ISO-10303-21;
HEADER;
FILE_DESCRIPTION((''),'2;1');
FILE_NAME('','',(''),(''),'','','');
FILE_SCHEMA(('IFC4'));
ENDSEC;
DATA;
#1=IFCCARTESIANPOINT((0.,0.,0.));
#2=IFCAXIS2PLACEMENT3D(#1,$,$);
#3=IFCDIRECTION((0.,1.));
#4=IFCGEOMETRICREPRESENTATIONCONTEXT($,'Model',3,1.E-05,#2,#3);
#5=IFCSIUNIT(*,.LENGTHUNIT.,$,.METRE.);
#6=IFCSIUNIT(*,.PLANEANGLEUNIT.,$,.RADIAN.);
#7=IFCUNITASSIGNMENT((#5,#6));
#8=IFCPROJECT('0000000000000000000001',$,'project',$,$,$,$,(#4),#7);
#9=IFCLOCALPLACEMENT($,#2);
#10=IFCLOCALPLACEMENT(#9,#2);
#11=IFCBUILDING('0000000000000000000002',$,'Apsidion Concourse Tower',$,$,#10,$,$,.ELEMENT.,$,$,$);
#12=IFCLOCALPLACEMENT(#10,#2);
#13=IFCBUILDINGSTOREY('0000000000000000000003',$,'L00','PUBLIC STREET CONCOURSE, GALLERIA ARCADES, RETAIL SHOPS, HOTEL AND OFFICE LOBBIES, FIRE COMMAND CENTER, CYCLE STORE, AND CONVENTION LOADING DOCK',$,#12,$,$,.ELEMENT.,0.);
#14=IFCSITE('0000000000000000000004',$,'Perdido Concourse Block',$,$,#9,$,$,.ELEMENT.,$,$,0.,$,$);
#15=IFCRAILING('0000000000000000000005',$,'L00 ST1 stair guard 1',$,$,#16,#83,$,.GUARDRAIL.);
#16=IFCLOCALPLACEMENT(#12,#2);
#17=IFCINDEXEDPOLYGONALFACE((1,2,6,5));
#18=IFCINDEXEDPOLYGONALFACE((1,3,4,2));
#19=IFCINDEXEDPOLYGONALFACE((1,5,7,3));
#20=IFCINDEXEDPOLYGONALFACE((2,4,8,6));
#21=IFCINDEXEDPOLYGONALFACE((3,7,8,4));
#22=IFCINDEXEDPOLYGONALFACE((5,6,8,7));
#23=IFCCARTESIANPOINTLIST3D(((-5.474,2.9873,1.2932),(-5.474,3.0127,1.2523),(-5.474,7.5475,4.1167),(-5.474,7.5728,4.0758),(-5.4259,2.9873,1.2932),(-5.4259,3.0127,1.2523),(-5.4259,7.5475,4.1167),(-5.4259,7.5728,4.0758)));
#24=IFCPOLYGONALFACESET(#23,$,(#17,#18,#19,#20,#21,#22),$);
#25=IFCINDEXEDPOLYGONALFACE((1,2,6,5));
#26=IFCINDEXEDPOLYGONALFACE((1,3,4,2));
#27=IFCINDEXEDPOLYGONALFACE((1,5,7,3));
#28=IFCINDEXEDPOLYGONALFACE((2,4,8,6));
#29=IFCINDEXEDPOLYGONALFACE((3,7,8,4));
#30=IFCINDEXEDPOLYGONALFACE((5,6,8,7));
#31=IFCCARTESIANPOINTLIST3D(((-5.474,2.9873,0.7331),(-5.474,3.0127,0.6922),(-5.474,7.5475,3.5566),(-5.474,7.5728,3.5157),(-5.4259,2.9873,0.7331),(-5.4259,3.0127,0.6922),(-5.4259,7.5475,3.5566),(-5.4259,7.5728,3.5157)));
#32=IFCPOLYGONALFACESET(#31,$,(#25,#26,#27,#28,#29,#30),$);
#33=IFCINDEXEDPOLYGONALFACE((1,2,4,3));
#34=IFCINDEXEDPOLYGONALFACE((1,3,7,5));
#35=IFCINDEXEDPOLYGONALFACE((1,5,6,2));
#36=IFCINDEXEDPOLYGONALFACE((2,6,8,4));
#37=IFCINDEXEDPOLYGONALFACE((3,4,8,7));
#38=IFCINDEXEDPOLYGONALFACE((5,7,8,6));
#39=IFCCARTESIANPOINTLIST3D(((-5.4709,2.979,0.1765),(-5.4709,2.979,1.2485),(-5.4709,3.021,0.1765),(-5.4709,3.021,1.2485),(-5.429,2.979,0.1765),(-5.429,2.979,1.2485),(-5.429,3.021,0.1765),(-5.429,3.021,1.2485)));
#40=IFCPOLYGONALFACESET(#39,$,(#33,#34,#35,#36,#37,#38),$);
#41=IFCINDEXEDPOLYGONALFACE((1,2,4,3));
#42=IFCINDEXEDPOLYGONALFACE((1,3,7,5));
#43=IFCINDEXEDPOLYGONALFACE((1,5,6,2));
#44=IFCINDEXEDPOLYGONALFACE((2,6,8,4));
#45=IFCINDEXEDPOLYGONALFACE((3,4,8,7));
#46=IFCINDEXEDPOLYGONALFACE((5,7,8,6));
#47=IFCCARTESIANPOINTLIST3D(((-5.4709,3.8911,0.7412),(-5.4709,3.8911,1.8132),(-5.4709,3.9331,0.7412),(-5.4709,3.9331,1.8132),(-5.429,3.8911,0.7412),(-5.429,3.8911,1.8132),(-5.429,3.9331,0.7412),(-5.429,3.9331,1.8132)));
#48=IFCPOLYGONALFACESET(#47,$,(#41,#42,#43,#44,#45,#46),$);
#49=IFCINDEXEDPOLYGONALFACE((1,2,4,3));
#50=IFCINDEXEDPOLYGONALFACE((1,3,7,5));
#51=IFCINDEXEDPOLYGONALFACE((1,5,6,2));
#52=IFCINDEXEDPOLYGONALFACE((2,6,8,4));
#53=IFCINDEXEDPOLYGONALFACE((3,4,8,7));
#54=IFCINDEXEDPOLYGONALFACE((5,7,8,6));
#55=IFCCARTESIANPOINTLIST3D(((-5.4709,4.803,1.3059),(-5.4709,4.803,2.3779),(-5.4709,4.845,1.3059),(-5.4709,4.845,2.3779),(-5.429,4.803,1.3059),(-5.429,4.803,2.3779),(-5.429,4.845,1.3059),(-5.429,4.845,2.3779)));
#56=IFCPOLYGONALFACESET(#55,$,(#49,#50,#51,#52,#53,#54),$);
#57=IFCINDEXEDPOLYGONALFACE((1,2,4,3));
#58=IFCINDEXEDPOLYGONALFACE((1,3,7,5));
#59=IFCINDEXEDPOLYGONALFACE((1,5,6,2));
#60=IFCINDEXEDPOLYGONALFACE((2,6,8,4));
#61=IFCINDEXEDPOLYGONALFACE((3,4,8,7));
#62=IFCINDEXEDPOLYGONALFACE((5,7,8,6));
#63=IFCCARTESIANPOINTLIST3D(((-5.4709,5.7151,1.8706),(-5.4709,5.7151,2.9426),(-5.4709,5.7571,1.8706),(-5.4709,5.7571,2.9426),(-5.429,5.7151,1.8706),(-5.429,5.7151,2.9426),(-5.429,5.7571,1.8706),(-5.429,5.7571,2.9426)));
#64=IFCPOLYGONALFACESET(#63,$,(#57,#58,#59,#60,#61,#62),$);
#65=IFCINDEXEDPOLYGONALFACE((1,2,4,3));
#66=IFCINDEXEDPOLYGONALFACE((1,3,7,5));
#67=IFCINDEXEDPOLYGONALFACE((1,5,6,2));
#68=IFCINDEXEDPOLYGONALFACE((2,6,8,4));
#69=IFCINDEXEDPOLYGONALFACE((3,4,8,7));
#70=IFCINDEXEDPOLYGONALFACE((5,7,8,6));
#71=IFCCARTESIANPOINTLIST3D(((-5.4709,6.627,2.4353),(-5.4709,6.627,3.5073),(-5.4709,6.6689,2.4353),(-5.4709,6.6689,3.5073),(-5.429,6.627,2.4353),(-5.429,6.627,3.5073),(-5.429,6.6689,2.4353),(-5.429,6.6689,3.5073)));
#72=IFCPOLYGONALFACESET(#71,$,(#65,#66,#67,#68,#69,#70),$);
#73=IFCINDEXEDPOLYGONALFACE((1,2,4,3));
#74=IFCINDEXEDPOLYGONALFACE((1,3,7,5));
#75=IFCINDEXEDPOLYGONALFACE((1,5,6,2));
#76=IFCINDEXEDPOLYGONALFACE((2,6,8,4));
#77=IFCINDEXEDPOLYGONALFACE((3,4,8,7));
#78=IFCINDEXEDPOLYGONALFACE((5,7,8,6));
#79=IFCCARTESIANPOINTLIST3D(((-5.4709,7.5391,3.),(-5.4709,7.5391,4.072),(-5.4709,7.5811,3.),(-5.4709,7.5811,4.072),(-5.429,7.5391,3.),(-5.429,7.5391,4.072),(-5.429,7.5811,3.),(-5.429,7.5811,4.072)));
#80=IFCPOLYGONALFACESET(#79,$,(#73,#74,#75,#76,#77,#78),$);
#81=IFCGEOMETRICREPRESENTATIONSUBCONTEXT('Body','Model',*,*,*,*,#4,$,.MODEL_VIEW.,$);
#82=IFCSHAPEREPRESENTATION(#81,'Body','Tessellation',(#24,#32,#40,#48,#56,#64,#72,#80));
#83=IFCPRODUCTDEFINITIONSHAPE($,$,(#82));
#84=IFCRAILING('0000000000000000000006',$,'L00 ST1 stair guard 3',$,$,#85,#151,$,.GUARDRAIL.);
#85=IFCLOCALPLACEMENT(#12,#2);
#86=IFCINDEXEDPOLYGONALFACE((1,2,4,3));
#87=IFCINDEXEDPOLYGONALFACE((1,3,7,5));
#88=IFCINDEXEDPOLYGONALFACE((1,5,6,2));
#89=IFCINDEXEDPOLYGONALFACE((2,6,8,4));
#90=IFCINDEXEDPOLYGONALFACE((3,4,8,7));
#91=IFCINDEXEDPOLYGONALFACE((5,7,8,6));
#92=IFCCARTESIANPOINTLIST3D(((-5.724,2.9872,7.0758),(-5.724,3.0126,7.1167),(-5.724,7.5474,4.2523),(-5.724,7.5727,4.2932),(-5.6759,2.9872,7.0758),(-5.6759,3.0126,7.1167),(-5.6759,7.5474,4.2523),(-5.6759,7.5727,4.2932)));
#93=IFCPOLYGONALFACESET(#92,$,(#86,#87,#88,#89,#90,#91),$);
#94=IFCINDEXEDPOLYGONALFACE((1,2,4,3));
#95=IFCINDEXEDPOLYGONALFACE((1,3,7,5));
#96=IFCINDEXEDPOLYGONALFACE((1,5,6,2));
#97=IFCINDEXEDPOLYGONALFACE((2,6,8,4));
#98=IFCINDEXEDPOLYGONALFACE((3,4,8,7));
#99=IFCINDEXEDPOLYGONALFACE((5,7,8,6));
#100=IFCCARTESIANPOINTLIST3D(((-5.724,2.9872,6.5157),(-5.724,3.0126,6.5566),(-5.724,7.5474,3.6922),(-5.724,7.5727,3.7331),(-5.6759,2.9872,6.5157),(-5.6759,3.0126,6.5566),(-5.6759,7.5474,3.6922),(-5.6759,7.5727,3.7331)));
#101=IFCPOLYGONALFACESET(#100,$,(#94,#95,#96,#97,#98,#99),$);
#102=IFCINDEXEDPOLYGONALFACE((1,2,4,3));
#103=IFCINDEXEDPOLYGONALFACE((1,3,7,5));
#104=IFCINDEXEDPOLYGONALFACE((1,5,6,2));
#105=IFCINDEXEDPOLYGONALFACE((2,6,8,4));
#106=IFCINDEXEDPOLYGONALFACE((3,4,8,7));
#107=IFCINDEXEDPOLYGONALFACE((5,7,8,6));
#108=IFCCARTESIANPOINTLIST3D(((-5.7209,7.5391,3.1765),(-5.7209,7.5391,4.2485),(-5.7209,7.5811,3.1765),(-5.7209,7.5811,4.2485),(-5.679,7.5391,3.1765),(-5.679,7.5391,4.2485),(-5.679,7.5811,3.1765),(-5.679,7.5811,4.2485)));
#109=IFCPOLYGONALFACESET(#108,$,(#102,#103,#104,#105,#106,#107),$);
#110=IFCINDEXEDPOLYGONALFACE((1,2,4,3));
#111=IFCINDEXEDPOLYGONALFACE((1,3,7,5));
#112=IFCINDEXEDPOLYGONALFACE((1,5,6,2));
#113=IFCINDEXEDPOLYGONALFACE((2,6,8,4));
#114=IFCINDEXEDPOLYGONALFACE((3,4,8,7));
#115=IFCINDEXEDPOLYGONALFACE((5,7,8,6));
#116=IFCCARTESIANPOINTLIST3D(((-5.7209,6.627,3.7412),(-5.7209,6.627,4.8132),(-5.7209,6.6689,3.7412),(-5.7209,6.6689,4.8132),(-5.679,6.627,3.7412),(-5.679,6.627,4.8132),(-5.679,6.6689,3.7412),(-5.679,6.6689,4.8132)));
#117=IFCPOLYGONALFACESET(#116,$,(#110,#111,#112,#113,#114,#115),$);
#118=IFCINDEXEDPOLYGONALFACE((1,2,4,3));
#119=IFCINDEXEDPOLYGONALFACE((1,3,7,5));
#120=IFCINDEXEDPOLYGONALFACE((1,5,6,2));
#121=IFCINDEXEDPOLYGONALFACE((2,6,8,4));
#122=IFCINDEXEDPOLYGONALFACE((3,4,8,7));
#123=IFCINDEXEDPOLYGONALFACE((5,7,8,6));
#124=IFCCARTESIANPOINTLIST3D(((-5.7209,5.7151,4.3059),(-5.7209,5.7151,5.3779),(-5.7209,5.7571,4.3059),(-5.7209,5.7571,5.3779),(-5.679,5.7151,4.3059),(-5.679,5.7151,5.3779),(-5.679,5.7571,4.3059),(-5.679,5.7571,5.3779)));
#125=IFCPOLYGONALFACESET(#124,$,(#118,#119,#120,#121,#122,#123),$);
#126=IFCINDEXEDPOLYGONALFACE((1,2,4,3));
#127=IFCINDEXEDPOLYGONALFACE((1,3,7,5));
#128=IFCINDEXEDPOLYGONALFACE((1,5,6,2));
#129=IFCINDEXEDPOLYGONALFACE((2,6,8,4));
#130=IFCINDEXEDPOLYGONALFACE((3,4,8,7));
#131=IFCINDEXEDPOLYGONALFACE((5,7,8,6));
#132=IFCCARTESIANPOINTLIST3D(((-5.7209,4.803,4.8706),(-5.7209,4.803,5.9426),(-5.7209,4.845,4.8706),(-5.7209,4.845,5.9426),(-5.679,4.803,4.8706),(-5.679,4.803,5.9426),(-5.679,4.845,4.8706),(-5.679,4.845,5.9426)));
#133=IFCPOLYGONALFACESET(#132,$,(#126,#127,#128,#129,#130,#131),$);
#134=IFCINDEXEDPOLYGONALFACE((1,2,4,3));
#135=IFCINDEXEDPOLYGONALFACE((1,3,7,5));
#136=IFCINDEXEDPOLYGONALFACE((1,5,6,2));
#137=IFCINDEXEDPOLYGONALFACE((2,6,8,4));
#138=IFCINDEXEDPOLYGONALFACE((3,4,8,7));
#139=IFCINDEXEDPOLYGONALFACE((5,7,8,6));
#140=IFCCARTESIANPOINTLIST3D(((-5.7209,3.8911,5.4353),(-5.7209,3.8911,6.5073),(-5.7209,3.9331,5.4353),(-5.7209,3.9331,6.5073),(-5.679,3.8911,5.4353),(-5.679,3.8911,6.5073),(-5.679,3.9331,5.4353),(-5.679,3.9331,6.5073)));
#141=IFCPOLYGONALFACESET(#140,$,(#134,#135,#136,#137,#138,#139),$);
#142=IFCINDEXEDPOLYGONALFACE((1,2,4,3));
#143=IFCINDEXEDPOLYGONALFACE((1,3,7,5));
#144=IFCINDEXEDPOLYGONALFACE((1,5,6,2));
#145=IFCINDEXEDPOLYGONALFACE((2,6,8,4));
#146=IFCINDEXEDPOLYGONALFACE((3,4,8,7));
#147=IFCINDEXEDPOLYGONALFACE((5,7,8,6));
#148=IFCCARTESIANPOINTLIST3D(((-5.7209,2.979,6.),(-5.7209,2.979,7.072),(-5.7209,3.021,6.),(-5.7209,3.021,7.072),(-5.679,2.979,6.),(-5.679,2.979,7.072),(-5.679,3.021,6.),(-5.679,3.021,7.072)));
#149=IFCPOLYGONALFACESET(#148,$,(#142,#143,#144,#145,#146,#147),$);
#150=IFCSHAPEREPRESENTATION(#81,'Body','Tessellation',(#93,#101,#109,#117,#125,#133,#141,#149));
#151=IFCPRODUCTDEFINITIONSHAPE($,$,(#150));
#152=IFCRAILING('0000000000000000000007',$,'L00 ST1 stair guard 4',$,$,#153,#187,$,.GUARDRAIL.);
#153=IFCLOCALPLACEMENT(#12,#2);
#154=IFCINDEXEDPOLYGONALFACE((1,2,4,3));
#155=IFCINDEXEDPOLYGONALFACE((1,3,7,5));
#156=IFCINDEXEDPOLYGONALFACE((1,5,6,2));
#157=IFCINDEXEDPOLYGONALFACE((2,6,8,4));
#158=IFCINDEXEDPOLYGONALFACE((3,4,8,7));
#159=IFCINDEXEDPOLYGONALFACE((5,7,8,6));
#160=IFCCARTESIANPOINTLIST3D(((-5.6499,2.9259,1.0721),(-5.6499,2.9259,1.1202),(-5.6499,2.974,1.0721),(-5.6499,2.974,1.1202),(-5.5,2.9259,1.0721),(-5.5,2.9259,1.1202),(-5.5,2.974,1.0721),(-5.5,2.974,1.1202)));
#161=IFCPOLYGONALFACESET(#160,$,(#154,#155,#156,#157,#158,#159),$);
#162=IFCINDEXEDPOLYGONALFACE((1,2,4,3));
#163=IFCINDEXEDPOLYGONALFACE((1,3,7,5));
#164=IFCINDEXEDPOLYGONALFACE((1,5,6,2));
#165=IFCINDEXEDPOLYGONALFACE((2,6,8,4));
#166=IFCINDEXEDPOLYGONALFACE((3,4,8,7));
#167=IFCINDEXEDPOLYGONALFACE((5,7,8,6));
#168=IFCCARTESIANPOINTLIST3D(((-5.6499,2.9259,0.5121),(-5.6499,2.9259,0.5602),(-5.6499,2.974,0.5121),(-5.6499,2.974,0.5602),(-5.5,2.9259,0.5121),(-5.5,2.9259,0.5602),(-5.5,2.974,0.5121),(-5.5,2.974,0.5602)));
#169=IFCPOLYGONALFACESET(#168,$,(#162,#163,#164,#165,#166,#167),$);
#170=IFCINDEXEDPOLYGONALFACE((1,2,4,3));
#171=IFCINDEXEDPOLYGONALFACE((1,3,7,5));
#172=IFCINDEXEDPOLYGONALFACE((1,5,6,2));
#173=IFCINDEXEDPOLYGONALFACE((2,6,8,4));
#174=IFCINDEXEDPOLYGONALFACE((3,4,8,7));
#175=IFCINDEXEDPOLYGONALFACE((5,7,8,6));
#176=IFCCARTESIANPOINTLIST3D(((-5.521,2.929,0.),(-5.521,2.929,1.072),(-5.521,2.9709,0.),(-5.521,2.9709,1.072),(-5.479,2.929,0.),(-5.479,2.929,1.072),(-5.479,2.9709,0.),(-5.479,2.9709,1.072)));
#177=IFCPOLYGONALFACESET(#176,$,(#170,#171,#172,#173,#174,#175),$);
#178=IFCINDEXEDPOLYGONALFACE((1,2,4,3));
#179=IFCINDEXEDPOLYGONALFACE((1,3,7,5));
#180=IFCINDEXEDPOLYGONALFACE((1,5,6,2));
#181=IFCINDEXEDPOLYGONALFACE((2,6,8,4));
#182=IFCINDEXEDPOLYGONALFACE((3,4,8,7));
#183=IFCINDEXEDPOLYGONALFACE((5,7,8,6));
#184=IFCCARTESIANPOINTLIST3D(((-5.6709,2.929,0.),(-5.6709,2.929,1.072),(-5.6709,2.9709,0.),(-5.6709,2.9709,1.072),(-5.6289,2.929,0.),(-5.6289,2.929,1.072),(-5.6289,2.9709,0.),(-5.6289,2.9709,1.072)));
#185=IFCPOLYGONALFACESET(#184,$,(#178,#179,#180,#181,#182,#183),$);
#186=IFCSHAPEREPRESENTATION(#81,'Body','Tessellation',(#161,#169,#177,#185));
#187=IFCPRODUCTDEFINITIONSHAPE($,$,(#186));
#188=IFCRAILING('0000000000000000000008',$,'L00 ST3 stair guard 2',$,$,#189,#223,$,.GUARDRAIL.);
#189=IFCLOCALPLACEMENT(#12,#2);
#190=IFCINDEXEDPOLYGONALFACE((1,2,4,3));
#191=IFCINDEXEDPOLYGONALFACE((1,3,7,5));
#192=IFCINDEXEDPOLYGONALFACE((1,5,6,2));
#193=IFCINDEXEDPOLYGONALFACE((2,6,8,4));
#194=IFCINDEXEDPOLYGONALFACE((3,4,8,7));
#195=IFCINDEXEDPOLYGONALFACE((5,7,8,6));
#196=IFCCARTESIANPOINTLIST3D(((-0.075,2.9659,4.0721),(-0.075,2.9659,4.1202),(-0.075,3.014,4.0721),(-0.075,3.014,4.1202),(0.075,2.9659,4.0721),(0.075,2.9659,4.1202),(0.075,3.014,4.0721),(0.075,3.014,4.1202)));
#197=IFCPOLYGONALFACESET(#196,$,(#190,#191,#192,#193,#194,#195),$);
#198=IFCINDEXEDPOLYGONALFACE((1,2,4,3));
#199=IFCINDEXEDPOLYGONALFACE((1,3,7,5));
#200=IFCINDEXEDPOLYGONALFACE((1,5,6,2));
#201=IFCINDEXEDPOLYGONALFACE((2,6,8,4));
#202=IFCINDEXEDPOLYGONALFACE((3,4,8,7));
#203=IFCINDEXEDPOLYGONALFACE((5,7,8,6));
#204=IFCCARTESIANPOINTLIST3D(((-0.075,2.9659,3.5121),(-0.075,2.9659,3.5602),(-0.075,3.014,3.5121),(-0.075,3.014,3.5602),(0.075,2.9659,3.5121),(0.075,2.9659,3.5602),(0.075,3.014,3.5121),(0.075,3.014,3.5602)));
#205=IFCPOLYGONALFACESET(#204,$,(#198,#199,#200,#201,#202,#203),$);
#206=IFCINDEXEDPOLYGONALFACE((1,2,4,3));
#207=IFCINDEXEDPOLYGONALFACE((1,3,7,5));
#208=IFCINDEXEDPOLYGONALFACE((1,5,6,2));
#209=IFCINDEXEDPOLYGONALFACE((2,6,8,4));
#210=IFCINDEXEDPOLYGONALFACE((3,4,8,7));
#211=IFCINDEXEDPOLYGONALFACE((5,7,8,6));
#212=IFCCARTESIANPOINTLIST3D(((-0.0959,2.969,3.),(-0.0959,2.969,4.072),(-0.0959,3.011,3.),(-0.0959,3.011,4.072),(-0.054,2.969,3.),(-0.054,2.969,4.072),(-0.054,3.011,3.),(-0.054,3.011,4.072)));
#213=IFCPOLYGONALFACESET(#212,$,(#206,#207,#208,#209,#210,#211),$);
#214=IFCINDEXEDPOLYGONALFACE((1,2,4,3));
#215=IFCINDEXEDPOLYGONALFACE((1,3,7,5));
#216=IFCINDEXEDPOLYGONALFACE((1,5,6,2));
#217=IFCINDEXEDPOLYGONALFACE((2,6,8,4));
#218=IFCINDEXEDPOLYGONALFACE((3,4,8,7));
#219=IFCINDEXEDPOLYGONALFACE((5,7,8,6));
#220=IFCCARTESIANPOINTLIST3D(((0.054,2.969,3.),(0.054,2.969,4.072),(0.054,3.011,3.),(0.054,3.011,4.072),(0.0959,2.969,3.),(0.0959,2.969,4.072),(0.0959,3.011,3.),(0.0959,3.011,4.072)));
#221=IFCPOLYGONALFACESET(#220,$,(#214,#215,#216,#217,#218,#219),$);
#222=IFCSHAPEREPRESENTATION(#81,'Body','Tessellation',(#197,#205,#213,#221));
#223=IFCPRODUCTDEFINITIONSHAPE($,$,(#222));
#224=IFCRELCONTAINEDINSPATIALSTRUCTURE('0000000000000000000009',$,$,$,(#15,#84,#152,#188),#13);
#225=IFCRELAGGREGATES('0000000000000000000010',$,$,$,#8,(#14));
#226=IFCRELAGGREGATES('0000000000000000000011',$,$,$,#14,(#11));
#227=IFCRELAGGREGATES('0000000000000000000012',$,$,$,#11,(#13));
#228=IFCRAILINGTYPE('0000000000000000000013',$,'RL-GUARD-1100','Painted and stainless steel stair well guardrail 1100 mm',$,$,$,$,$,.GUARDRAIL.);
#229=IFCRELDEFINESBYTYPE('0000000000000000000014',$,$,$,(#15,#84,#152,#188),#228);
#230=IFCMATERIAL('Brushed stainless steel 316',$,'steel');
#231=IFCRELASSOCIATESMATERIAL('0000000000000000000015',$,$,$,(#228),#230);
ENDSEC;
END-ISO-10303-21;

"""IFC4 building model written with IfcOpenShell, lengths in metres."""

from ifc_helpers import new_model, si_unit, direction, frame, origin, origin_2d, place, context, subcontext, project, spatial, rectangle, extrude, material, type_object, element, save


model = new_model("IFC4")

# Units and contexts
model_context = context("Model", 3, precision=1e-05, world=origin(), true_north=direction((0.0, 1.0)))
body_context = subcontext(model_context, "Body", "Model", "MODEL_VIEW")
ifc_project = project(units=[si_unit("LENGTHUNIT", "METRE"), si_unit("PLANEANGLEUNIT", "RADIAN")], contexts=[model_context])

# Site, building, storey
site_placement = place(None, origin())
site = spatial("IfcSite", under=ifc_project, at=site_placement, Name="Perdido Concourse Block", CompositionType="ELEMENT", RefElevation=0.0)
building_placement = place(site_placement, origin())
building = spatial("IfcBuilding", under=site, at=building_placement, Name="Apsidion Concourse Tower", CompositionType="ELEMENT")
storey_placement = place(building_placement, origin())
storey = spatial("IfcBuildingStorey", under=building, at=storey_placement, Name="L00", Description="PUBLIC STREET CONCOURSE, GALLERIA ARCADES, RETAIL SHOPS, HOTEL AND OFFICE LOBBIES, FIRE COMMAND CENTER, CYCLE STORE, AND CONVENTION LOADING DOCK", CompositionType="ELEMENT", Elevation=0.0)

# Shared definitions
ifc_material_1 = material(Name="Brushed stainless steel 316", Category="steel")

# Railings
railing_type_1 = type_object("IfcRailingType", Name="RL-GUARD-1100", Description="Painted and stainless steel stair well guardrail 1100 mm", PredefinedType="GUARDRAIL", material=ifc_material_1)
railing_1_placement = place(storey_placement, frame((-5.45, 3.0, 0.1765)))
element("IfcRailing", 1, at=railing_1_placement, inside=storey, type_object=railing_type_1, Name="L00 ST1 stair guard 1", PredefinedType="GUARDRAIL", context=body_context, shape_type="SweptSolid", body=[
    extrude(rectangle(XDim=0.0481, YDim=0.0481, at=origin_2d()), frame((0.0, 0.0, 1.0962), z_axis=(0.0, 0.850216, 0.526435), x_axis=(-1.0, 0.0, 0.0)), (0.0, 0.0, 1.0), 5.3635),
    extrude(rectangle(XDim=0.0481, YDim=0.0481, at=origin_2d()), frame((0.0, 0.0, 0.5361), z_axis=(0.0, 0.850216, 0.526435), x_axis=(-1.0, 0.0, 0.0)), (0.0, 0.0, 1.0), 5.3635),
    extrude(rectangle(XDim=0.042, YDim=0.042, at=origin_2d()), origin(), (0.0, 0.0, 1.0), 1.072),
    extrude(rectangle(XDim=0.042, YDim=0.042, at=origin_2d()), frame((0.0, 0.9121, 0.5647)), (0.0, 0.0, 1.0), 1.072),
    extrude(rectangle(XDim=0.042, YDim=0.042, at=origin_2d()), frame((0.0, 1.824, 1.1294)), (0.0, 0.0, 1.0), 1.072),
    extrude(rectangle(XDim=0.042, YDim=0.042, at=origin_2d()), frame((0.0, 2.7361, 1.6941)), (0.0, 0.0, 1.0), 1.072),
    extrude(rectangle(XDim=0.042, YDim=0.042, at=origin_2d()), frame((0.0, 3.6479, 2.2588)), (0.0, 0.0, 1.0), 1.072),
    extrude(rectangle(XDim=0.042, YDim=0.042, at=origin_2d()), frame((0.0, 4.5601, 2.8235)), (0.0, 0.0, 1.0), 1.072),
])
railing_2_placement = place(storey_placement, frame((-5.7, 7.5601, 3.1765)))
element("IfcRailing", 2, at=railing_2_placement, inside=storey, type_object=railing_type_1, Name="L00 ST1 stair guard 3", PredefinedType="GUARDRAIL", context=body_context, shape_type="SweptSolid", body=[
    extrude(rectangle(XDim=0.0481, YDim=0.0481, at=origin_2d()), frame((0.0, 0.0, 1.0962), z_axis=(0.0, -0.850216, 0.526435), x_axis=(1.0, 0.0, 0.0)), (0.0, 0.0, 1.0), 5.3635),
    extrude(rectangle(XDim=0.0481, YDim=0.0481, at=origin_2d()), frame((0.0, 0.0, 0.5361), z_axis=(0.0, -0.850216, 0.526435), x_axis=(1.0, 0.0, 0.0)), (0.0, 0.0, 1.0), 5.3635),
    extrude(rectangle(XDim=0.042, YDim=0.042, at=origin_2d()), origin(), (0.0, 0.0, 1.0), 1.072),
    extrude(rectangle(XDim=0.042, YDim=0.042, at=origin_2d()), frame((0.0, -0.9121, 0.5647)), (0.0, 0.0, 1.0), 1.072),
    extrude(rectangle(XDim=0.042, YDim=0.042, at=origin_2d()), frame((0.0, -1.824, 1.1294)), (0.0, 0.0, 1.0), 1.072),
    extrude(rectangle(XDim=0.042, YDim=0.042, at=origin_2d()), frame((0.0, -2.7361, 1.6941)), (0.0, 0.0, 1.0), 1.072),
    extrude(rectangle(XDim=0.042, YDim=0.042, at=origin_2d()), frame((0.0, -3.6479, 2.2588)), (0.0, 0.0, 1.0), 1.072),
    extrude(rectangle(XDim=0.042, YDim=0.042, at=origin_2d()), frame((0.0, -4.5601, 2.8235)), (0.0, 0.0, 1.0), 1.072),
])
railing_3_placement = place(storey_placement, frame((-5.5, 2.95, 0.0)))
element("IfcRailing", 3, at=railing_3_placement, inside=storey, type_object=railing_type_1, Name="L00 ST1 stair guard 4", PredefinedType="GUARDRAIL", context=body_context, shape_type="SweptSolid", body=[
    extrude(rectangle(XDim=0.0481, YDim=0.0481, at=origin_2d()), frame((0.0, 0.0, 1.0962), z_axis=(-1.0, 0.0, 0.0), x_axis=(0.0, -1.0, 0.0)), (0.0, 0.0, 1.0), 0.1499),
    extrude(rectangle(XDim=0.0481, YDim=0.0481, at=origin_2d()), frame((0.0, 0.0, 0.5361), z_axis=(-1.0, 0.0, 0.0), x_axis=(0.0, -1.0, 0.0)), (0.0, 0.0, 1.0), 0.1499),
    extrude(rectangle(XDim=0.042, YDim=0.042, at=origin_2d()), origin(), (0.0, 0.0, 1.0), 1.072),
    extrude(rectangle(XDim=0.042, YDim=0.042, at=origin_2d()), frame((-0.1499, 0.0, 0.0)), (0.0, 0.0, 1.0), 1.072),
])
railing_4_placement = place(storey_placement, frame((-0.075, 2.99, 3.0)))
element("IfcRailing", 4, at=railing_4_placement, inside=storey, type_object=railing_type_1, Name="L00 ST3 stair guard 2", PredefinedType="GUARDRAIL", context=body_context, shape_type="SweptSolid", body=[
    extrude(rectangle(XDim=0.0481, YDim=0.0481, at=origin_2d()), frame((0.0, 0.0, 1.0962), z_axis=(1.0, 0.0, 0.0), x_axis=(0.0, 1.0, 0.0)), (0.0, 0.0, 1.0), 0.1499),
    extrude(rectangle(XDim=0.0481, YDim=0.0481, at=origin_2d()), frame((0.0, 0.0, 0.5361), z_axis=(1.0, 0.0, 0.0), x_axis=(0.0, 1.0, 0.0)), (0.0, 0.0, 1.0), 0.1499),
    extrude(rectangle(XDim=0.042, YDim=0.042, at=origin_2d()), origin(), (0.0, 0.0, 1.0), 1.072),
    extrude(rectangle(XDim=0.042, YDim=0.042, at=origin_2d()), frame((0.1499, 0.0, 0.0)), (0.0, 0.0, 1.0), 1.072),
])

save(model, "model.ifc")
